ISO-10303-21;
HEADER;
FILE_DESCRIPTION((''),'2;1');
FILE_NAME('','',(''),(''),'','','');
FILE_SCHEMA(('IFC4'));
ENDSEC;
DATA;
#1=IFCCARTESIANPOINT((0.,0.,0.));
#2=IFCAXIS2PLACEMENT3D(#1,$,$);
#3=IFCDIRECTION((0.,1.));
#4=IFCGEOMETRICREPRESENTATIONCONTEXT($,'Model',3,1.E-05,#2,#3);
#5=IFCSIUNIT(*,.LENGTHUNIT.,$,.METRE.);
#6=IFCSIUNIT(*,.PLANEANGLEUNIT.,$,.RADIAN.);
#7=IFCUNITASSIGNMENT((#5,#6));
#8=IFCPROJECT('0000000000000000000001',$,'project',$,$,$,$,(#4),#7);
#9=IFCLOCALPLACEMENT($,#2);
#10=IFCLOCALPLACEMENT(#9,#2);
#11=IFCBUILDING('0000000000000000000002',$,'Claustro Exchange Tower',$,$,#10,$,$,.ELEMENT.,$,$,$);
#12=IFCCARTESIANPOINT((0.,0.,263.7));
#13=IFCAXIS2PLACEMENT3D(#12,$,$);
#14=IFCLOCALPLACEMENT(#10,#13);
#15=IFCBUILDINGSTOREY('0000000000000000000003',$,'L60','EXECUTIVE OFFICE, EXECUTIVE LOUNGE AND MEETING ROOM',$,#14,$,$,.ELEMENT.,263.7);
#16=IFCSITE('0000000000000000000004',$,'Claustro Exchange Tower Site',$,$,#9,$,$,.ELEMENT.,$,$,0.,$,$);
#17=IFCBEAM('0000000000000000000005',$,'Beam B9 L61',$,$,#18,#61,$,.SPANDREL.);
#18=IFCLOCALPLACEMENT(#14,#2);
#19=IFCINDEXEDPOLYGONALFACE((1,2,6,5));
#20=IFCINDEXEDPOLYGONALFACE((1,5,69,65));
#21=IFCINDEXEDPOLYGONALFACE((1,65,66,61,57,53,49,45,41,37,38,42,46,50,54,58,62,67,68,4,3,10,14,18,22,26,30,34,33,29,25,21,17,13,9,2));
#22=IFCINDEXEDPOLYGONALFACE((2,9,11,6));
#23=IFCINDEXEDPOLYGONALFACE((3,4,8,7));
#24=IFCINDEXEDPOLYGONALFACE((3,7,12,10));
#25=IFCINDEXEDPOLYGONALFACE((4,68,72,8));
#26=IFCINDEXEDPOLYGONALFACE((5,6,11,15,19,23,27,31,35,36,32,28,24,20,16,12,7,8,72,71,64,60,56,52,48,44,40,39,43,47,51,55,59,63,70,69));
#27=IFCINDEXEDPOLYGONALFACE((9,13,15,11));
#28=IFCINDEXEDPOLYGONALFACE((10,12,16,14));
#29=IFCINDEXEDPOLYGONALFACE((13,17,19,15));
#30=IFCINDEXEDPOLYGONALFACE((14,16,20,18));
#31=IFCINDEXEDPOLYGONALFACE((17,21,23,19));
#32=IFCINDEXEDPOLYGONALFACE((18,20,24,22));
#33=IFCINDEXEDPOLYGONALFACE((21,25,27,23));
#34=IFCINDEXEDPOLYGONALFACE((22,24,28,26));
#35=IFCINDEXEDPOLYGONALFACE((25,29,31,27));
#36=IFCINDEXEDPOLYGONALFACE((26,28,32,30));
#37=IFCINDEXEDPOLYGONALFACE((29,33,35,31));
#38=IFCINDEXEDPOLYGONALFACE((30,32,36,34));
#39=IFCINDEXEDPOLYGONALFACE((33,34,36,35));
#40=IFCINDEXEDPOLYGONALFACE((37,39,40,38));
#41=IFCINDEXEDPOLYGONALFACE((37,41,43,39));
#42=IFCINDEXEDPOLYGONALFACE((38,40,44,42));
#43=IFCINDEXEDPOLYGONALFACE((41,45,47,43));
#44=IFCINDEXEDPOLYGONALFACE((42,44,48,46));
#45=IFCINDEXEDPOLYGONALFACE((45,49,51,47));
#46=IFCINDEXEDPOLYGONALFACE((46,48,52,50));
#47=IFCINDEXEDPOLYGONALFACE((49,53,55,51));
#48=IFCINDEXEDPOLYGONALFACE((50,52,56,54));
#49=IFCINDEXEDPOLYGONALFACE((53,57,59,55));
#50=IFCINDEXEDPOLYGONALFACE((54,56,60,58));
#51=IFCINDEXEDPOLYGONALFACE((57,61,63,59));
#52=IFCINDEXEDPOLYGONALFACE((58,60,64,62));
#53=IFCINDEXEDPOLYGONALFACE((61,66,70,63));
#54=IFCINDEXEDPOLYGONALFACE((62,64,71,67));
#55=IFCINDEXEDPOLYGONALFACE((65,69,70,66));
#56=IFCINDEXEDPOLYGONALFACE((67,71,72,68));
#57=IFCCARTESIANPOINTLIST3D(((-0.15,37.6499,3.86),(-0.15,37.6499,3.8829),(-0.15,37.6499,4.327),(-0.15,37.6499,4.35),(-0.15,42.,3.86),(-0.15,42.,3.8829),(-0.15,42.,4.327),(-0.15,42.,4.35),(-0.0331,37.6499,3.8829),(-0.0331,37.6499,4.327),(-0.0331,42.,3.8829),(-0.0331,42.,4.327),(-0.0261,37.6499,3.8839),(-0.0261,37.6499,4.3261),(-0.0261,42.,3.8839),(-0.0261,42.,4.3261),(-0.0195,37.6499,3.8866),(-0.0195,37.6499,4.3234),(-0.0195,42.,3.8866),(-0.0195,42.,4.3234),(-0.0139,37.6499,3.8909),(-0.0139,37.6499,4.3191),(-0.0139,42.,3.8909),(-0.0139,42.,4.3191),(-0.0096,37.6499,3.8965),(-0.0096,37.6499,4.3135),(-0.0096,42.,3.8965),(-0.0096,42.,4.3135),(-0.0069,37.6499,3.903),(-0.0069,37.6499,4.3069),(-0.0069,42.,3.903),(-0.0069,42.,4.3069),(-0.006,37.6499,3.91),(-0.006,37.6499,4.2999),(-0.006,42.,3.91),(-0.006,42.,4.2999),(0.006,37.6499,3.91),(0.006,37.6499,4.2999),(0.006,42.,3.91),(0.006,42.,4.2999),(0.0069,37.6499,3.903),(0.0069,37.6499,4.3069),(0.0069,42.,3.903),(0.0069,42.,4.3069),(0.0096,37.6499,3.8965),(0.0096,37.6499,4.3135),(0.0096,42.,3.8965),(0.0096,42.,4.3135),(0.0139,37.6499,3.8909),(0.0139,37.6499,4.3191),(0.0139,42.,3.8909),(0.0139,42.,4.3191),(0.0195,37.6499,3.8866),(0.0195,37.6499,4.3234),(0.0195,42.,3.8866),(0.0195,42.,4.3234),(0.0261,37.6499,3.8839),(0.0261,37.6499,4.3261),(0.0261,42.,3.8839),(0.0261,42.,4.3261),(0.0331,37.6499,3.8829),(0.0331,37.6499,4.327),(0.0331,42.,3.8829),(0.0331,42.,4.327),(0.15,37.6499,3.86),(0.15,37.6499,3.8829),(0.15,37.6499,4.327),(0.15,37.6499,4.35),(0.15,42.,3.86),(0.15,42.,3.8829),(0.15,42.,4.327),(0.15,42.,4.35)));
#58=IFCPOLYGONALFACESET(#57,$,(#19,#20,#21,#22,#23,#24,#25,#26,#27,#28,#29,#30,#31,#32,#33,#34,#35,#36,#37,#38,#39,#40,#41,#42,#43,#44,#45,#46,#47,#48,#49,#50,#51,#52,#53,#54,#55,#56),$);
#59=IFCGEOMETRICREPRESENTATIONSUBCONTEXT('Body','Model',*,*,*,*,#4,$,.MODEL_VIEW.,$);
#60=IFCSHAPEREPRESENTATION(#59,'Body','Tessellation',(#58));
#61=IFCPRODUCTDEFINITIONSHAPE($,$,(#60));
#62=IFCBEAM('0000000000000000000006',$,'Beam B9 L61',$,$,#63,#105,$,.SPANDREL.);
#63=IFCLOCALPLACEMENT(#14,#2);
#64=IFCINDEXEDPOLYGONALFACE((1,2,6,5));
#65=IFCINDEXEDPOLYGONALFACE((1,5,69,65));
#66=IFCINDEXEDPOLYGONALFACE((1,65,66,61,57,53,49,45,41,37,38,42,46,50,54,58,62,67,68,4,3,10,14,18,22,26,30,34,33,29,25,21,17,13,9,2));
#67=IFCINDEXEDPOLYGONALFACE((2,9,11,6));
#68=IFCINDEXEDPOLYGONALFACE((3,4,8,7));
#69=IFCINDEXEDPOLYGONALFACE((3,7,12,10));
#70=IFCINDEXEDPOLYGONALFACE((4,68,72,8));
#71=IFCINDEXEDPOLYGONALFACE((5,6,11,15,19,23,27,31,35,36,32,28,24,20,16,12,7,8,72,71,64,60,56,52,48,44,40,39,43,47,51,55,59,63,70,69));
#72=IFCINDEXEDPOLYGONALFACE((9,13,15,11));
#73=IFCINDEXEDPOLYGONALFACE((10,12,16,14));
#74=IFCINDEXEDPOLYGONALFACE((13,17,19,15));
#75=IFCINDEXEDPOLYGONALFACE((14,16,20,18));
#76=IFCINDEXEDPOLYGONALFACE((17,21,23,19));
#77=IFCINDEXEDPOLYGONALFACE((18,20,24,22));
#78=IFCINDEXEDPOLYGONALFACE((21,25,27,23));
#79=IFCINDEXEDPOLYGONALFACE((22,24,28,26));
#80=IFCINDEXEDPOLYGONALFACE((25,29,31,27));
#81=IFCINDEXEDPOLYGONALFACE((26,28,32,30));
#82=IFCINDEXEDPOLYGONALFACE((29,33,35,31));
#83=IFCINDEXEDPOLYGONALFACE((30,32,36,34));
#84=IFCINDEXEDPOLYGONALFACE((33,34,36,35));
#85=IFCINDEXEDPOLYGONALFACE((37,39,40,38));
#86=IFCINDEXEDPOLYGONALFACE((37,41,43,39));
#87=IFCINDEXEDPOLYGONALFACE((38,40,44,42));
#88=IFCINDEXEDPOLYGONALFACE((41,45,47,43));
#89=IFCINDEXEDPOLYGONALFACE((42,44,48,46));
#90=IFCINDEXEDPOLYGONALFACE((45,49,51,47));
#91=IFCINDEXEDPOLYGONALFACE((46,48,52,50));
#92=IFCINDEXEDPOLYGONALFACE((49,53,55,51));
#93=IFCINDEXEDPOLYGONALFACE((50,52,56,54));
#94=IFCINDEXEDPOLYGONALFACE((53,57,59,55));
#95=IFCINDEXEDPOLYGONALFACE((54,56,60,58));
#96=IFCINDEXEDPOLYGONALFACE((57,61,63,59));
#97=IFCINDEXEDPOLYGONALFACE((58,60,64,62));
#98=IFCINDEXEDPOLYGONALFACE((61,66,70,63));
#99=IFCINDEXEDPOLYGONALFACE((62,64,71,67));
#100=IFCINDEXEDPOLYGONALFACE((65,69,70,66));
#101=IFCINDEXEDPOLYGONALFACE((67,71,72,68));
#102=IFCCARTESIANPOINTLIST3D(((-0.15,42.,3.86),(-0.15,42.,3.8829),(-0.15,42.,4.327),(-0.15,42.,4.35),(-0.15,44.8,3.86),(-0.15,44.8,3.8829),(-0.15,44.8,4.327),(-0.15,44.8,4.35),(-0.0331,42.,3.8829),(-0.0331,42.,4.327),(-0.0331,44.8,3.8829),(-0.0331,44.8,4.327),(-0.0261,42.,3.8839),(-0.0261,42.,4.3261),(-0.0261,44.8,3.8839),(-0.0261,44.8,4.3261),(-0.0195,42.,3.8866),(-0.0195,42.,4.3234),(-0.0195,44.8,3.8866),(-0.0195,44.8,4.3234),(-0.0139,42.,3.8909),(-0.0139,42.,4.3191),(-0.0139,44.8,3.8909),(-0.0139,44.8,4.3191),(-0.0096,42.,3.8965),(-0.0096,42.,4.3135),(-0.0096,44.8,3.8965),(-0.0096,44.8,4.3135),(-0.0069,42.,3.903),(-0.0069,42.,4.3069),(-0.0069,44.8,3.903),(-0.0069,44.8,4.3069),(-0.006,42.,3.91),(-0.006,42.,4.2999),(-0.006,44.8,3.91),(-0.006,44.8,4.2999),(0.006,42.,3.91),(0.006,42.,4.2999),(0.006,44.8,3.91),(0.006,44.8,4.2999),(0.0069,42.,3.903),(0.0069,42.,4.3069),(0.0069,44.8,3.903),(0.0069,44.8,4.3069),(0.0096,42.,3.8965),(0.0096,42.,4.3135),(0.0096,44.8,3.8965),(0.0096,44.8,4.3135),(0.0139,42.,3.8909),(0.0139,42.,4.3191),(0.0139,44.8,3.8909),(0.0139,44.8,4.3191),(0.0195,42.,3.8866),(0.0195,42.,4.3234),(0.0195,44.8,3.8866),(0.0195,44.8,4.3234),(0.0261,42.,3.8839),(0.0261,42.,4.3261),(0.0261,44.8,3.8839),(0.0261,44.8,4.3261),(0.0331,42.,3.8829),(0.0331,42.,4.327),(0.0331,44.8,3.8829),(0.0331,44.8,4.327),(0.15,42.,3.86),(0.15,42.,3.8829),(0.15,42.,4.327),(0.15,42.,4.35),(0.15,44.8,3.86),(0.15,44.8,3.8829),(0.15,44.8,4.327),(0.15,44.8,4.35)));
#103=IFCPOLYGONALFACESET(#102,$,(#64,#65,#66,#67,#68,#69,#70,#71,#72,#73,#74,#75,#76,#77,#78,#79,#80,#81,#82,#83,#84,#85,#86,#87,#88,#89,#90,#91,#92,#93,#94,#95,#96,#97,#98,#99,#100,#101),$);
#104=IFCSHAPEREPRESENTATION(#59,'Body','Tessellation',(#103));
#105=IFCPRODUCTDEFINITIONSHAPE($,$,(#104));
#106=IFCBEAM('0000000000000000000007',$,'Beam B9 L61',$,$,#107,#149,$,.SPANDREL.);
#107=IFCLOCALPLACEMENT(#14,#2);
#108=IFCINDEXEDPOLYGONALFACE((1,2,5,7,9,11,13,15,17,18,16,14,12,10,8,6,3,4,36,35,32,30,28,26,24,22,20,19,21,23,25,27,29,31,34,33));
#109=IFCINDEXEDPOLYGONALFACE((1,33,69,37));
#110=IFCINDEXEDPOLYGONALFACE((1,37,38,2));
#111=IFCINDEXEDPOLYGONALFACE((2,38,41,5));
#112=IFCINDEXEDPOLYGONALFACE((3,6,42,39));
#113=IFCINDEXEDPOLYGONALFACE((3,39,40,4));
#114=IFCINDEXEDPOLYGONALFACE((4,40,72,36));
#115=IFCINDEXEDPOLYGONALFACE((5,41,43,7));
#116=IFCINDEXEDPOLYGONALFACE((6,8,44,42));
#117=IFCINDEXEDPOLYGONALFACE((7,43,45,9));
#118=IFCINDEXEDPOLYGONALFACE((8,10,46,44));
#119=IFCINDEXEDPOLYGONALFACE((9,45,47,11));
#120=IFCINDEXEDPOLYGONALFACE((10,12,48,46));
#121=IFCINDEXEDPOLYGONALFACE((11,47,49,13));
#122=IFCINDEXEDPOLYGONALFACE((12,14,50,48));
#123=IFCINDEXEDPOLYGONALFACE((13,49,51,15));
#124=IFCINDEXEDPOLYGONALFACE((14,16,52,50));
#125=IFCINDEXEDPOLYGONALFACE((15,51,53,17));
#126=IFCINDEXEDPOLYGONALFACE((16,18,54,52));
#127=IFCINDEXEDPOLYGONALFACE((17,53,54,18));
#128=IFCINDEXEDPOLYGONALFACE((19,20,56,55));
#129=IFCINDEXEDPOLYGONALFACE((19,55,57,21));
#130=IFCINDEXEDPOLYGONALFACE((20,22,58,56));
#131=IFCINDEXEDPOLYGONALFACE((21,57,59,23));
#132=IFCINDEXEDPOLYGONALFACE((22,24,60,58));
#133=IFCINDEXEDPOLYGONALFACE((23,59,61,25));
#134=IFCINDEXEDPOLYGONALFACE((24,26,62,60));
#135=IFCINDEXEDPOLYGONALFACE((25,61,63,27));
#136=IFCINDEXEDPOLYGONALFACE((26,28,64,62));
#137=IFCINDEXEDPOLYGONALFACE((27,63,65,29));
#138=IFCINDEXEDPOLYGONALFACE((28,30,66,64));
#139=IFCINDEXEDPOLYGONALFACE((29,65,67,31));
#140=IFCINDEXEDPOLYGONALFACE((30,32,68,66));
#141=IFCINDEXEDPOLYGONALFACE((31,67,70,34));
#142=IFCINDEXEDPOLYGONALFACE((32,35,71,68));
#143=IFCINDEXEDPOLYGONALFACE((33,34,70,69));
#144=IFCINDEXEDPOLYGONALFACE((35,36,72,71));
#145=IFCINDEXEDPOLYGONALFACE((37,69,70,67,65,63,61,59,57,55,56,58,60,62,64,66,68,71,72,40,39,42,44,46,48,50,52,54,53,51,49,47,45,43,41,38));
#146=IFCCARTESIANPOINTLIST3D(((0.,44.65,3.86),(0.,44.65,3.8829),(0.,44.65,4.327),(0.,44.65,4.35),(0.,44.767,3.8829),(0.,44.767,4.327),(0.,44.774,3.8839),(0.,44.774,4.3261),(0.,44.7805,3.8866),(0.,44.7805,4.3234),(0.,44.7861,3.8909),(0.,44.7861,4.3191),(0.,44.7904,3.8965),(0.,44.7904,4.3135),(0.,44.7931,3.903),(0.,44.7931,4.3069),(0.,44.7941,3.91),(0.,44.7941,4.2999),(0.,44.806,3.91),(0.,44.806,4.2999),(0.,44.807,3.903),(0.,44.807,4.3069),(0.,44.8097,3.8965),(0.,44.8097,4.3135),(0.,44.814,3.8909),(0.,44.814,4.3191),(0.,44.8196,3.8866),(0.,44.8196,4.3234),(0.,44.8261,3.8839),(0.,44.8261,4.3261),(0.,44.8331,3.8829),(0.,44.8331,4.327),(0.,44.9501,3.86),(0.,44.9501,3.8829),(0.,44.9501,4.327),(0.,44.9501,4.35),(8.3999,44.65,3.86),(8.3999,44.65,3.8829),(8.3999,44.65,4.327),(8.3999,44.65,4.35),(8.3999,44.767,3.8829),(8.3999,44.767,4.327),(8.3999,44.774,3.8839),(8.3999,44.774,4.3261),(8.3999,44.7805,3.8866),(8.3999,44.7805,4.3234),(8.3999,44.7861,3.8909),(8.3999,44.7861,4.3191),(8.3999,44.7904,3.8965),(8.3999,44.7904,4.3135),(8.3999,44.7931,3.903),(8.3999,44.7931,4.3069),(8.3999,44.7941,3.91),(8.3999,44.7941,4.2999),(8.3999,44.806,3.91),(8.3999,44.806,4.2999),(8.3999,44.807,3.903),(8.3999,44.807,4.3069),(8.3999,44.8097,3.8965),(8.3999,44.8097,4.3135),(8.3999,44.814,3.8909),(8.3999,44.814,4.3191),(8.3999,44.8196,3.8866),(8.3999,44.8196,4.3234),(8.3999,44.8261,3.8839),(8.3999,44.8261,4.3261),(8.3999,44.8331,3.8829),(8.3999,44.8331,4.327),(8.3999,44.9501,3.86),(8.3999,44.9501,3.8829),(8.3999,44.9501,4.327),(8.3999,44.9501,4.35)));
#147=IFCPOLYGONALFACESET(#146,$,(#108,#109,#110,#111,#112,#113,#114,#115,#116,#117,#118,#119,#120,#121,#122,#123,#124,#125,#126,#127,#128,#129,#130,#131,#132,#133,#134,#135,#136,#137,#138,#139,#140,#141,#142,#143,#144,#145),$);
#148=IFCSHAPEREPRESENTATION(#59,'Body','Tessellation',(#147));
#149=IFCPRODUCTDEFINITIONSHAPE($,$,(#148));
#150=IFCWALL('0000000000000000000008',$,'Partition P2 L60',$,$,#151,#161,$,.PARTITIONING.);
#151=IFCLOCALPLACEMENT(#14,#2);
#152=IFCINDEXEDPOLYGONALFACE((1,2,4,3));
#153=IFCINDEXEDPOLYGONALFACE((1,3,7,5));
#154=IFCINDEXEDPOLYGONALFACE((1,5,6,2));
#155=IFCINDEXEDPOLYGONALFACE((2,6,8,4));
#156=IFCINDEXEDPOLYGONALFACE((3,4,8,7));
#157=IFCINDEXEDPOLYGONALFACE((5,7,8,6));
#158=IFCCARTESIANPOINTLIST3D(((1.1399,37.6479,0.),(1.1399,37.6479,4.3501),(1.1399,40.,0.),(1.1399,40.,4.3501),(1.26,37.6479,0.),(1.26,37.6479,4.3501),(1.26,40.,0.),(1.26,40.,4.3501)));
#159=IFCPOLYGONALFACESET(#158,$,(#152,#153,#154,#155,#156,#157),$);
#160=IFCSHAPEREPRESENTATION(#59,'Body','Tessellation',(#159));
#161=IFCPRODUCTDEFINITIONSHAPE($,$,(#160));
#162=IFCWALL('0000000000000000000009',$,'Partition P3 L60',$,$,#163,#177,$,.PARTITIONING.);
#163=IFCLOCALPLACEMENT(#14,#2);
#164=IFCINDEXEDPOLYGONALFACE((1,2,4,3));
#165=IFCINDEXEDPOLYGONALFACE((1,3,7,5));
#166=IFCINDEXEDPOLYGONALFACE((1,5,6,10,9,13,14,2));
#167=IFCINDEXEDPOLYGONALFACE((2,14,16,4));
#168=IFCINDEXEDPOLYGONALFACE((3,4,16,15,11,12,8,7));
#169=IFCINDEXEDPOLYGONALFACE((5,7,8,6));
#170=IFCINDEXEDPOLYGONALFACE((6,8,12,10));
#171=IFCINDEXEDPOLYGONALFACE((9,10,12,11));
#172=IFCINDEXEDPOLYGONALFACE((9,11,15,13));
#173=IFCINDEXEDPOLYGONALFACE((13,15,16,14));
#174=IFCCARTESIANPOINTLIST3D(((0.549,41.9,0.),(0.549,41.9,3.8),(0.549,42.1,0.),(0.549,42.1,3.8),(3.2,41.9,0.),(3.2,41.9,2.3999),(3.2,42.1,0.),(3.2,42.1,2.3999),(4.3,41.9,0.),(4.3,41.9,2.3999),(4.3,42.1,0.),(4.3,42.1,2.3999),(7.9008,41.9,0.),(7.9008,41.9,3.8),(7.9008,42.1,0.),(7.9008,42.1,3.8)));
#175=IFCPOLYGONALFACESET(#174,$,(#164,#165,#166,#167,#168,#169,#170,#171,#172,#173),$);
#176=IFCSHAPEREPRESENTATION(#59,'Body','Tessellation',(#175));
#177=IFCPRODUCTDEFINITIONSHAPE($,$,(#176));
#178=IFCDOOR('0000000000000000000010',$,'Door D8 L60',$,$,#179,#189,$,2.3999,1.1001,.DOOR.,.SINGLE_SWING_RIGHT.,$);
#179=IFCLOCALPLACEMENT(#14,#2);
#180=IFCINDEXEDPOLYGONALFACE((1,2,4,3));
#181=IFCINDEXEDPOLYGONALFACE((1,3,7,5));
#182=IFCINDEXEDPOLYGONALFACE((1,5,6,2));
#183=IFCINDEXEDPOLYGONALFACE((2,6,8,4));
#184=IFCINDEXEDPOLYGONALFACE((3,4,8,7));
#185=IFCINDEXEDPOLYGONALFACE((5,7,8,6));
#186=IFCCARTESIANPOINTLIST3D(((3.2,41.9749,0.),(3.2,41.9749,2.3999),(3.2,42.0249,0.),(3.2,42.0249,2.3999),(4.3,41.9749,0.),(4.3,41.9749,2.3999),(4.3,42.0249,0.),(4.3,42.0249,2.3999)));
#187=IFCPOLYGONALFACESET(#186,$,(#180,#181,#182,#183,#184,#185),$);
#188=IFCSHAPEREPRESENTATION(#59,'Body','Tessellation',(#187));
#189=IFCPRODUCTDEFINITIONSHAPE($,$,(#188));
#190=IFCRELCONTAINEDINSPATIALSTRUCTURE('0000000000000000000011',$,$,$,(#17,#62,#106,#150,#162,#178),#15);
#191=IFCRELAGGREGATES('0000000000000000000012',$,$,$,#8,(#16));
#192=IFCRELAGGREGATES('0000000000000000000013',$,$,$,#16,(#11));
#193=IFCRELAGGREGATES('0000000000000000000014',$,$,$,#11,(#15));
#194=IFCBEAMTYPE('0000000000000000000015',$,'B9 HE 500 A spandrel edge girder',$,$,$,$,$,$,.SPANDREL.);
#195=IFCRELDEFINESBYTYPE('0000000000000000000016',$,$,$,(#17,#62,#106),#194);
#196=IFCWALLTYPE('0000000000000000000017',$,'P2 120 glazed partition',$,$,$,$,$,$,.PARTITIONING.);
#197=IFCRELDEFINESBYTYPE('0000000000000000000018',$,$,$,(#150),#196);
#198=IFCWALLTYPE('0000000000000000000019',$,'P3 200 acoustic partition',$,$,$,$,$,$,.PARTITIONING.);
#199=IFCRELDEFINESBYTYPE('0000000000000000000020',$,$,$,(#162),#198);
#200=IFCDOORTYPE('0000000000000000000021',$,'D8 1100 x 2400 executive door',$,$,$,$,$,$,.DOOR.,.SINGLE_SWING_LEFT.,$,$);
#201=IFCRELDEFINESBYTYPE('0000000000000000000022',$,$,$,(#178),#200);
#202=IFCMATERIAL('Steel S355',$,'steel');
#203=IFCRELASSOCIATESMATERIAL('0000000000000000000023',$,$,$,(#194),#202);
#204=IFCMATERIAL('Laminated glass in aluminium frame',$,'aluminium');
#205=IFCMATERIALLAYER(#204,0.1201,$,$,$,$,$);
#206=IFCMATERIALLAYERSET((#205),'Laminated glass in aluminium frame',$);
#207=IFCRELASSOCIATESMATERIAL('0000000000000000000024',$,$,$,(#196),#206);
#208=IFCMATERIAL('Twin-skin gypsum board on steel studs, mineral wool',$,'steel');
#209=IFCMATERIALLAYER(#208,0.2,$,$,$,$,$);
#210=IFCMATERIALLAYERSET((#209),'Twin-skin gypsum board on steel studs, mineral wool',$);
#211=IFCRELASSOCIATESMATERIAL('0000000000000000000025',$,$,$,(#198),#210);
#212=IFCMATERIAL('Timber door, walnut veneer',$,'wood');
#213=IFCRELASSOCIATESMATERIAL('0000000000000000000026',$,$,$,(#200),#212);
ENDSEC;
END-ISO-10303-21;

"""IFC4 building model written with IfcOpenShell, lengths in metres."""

from ifc_helpers import new_model, si_unit, direction, frame, frame_2d, origin, origin_2d, place, context, subcontext, project, spatial, rectangle, i_section, extrude, material, layer, layer_set, material_profile, profile_set, type_object, element, fill, save


model = new_model("IFC4")

# Units and contexts
model_context = context("Model", 3, precision=1e-05, world=origin(), true_north=direction((0.0, 1.0)))
body_context = subcontext(model_context, "Body", "Model", "MODEL_VIEW")
ifc_project = project(units=[si_unit("LENGTHUNIT", "METRE"), si_unit("PLANEANGLEUNIT", "RADIAN")], contexts=[model_context])

# Site, building, storey
site_placement = place(None, origin())
site = spatial("IfcSite", under=ifc_project, at=site_placement, Name="Claustro Exchange Tower Site", CompositionType="ELEMENT", RefElevation=0.0)
building_placement = place(site_placement, origin())
building = spatial("IfcBuilding", under=site, at=building_placement, Name="Claustro Exchange Tower", CompositionType="ELEMENT")
storey_placement = place(building_placement, frame((0.0, 0.0, 263.7)))
storey = spatial("IfcBuildingStorey", under=building, at=storey_placement, Name="L60", Description="EXECUTIVE OFFICE, EXECUTIVE LOUNGE AND MEETING ROOM", CompositionType="ELEMENT", Elevation=263.7)

# Beams
ifc_material_1 = material(Name="Steel S355", Category="steel")
ifc_material_profile_1 = material_profile(ifc_material_1, i_section(OverallWidth=0.3, OverallDepth=0.49, WebThickness=0.012, FlangeThickness=0.0229, FilletRadius=0.0271, at=origin_2d()), Name="HE 500 A")
ifc_profile_set_1 = profile_set([ifc_material_profile_1], Name="Steel S355")
beam_type_1 = type_object("IfcBeamType", Name="B9 HE 500 A spandrel edge girder", PredefinedType="SPANDREL", material=ifc_profile_set_1)
beam_1_placement = place(storey_placement, frame((0.0, 37.6499, 4.105), z_axis=(0.0, 1.0, 0.0), x_axis=(-1.0, 0.0, 0.0)))
element("IfcBeam", 1, at=beam_1_placement, inside=storey, type_object=beam_type_1, Name="Beam B9 L61", PredefinedType="SPANDREL", context=body_context, shape_type="SweptSolid", body=[
    extrude(i_section(OverallWidth=0.3, OverallDepth=0.49, WebThickness=0.012, FlangeThickness=0.0229, FilletRadius=0.0271, at=origin_2d()), origin(), (0.0, 0.0, 1.0), 4.3501),
])
beam_2_placement = place(storey_placement, frame((0.0, 42.0, 4.105), z_axis=(0.0, 1.0, 0.0), x_axis=(-1.0, 0.0, 0.0)))
element("IfcBeam", 2, at=beam_2_placement, inside=storey, type_object=beam_type_1, Name="Beam B9 L61", PredefinedType="SPANDREL", context=body_context, shape_type="SweptSolid", body=[
    extrude(i_section(OverallWidth=0.3, OverallDepth=0.49, WebThickness=0.012, FlangeThickness=0.0229, FilletRadius=0.0271, at=origin_2d()), origin(), (0.0, 0.0, 1.0), 2.8),
])
beam_3_placement = place(storey_placement, frame((0.0, 44.8, 4.105), z_axis=(1.0, 0.0, 0.0), x_axis=(0.0, 1.0, 0.0)))
element("IfcBeam", 3, at=beam_3_placement, inside=storey, type_object=beam_type_1, Name="Beam B9 L61", PredefinedType="SPANDREL", context=body_context, shape_type="SweptSolid", body=[
    extrude(i_section(OverallWidth=0.3, OverallDepth=0.49, WebThickness=0.012, FlangeThickness=0.0229, FilletRadius=0.0271, at=origin_2d()), origin(), (0.0, 0.0, 1.0), 8.3999),
])

# Wall
ifc_material_2 = material(Name="Laminated glass in aluminium frame", Category="aluminium")
ifc_layer_1 = layer(ifc_material_2, 0.1201)
ifc_layer_set_1 = layer_set([ifc_layer_1], Name="Laminated glass in aluminium frame")
wall_type_1 = type_object("IfcWallType", Name="P2 120 glazed partition", PredefinedType="PARTITIONING", material=ifc_layer_set_1)
wall_1_placement = place(storey_placement, frame((1.2, 37.6479, 0.0), z_axis=(0.0, 0.0, 1.0), x_axis=(0.0, 1.0, 0.0)))
element("IfcWall", 4, at=wall_1_placement, inside=storey, type_object=wall_type_1, Name="Partition P2 L60", PredefinedType="PARTITIONING", context=body_context, shape_type="SweptSolid", body=[
    extrude(rectangle(XDim=2.3521, YDim=0.1201, at=frame_2d((1.176, 0.0))), origin(), (0.0, 0.0, 1.0), 4.3501),
])

# Wall, opening, door
ifc_material_3 = material(Name="Twin-skin gypsum board on steel studs, mineral wool", Category="steel")
ifc_layer_2 = layer(ifc_material_3, 0.2)
ifc_layer_set_2 = layer_set([ifc_layer_2], Name="Twin-skin gypsum board on steel studs, mineral wool")
wall_type_2 = type_object("IfcWallType", Name="P3 200 acoustic partition", PredefinedType="PARTITIONING", material=ifc_layer_set_2)
wall_2_placement = place(storey_placement, frame((0.5491, 42.0, 0.0), z_axis=(0.0, 0.0, 1.0), x_axis=(1.0, 0.0, 0.0)))
wall_2 = element("IfcWall", 5, at=wall_2_placement, inside=storey, type_object=wall_type_2, Name="Partition P3 L60", PredefinedType="PARTITIONING", context=body_context, shape_type="SweptSolid", body=[
    extrude(rectangle(XDim=7.3518, YDim=0.2, at=frame_2d((3.6758, 0.0))), origin(), (0.0, 0.0, 1.0), 3.8),
])
opening_1_placement = place(wall_2_placement, frame((2.6509, 0.0, 0.0)))
opening_1 = element("IfcOpeningElement", 6, at=opening_1_placement, cuts=wall_2, PredefinedType="OPENING", context=body_context, shape_type="SweptSolid", body=[
    extrude(rectangle(XDim=1.1001, YDim=2.3999, at=frame_2d((0.55, 1.2))), frame((0.0, 0.1099, 0.0), z_axis=(0.0, -1.0, 0.0), x_axis=(1.0, 0.0, 0.0)), (0.0, 0.0, 1.0), 0.22),
])
ifc_material_4 = material(Name="Timber door, walnut veneer", Category="wood")
door_type_1 = type_object("IfcDoorType", Name="D8 1100 x 2400 executive door", OperationType="SINGLE_SWING_LEFT", PredefinedType="DOOR", material=ifc_material_4)
door_1_placement = place(opening_1_placement, origin())
door_1 = element("IfcDoor", 7, at=door_1_placement, inside=storey, type_object=door_type_1, Name="Door D8 L60", OperationType="SINGLE_SWING_RIGHT", OverallHeight=2.3999, OverallWidth=1.1001, PredefinedType="DOOR", context=body_context, shape_type="SweptSolid", body=[
    extrude(rectangle(XDim=1.1001, YDim=2.3999, at=frame_2d((0.55, 1.2))), frame((0.0, 0.0249, 0.0), z_axis=(0.0, -1.0, 0.0), x_axis=(1.0, 0.0, 0.0)), (0.0, 0.0, 1.0), 0.05),
])
fill(opening_1, door_1)

save(model, "model.ifc")
